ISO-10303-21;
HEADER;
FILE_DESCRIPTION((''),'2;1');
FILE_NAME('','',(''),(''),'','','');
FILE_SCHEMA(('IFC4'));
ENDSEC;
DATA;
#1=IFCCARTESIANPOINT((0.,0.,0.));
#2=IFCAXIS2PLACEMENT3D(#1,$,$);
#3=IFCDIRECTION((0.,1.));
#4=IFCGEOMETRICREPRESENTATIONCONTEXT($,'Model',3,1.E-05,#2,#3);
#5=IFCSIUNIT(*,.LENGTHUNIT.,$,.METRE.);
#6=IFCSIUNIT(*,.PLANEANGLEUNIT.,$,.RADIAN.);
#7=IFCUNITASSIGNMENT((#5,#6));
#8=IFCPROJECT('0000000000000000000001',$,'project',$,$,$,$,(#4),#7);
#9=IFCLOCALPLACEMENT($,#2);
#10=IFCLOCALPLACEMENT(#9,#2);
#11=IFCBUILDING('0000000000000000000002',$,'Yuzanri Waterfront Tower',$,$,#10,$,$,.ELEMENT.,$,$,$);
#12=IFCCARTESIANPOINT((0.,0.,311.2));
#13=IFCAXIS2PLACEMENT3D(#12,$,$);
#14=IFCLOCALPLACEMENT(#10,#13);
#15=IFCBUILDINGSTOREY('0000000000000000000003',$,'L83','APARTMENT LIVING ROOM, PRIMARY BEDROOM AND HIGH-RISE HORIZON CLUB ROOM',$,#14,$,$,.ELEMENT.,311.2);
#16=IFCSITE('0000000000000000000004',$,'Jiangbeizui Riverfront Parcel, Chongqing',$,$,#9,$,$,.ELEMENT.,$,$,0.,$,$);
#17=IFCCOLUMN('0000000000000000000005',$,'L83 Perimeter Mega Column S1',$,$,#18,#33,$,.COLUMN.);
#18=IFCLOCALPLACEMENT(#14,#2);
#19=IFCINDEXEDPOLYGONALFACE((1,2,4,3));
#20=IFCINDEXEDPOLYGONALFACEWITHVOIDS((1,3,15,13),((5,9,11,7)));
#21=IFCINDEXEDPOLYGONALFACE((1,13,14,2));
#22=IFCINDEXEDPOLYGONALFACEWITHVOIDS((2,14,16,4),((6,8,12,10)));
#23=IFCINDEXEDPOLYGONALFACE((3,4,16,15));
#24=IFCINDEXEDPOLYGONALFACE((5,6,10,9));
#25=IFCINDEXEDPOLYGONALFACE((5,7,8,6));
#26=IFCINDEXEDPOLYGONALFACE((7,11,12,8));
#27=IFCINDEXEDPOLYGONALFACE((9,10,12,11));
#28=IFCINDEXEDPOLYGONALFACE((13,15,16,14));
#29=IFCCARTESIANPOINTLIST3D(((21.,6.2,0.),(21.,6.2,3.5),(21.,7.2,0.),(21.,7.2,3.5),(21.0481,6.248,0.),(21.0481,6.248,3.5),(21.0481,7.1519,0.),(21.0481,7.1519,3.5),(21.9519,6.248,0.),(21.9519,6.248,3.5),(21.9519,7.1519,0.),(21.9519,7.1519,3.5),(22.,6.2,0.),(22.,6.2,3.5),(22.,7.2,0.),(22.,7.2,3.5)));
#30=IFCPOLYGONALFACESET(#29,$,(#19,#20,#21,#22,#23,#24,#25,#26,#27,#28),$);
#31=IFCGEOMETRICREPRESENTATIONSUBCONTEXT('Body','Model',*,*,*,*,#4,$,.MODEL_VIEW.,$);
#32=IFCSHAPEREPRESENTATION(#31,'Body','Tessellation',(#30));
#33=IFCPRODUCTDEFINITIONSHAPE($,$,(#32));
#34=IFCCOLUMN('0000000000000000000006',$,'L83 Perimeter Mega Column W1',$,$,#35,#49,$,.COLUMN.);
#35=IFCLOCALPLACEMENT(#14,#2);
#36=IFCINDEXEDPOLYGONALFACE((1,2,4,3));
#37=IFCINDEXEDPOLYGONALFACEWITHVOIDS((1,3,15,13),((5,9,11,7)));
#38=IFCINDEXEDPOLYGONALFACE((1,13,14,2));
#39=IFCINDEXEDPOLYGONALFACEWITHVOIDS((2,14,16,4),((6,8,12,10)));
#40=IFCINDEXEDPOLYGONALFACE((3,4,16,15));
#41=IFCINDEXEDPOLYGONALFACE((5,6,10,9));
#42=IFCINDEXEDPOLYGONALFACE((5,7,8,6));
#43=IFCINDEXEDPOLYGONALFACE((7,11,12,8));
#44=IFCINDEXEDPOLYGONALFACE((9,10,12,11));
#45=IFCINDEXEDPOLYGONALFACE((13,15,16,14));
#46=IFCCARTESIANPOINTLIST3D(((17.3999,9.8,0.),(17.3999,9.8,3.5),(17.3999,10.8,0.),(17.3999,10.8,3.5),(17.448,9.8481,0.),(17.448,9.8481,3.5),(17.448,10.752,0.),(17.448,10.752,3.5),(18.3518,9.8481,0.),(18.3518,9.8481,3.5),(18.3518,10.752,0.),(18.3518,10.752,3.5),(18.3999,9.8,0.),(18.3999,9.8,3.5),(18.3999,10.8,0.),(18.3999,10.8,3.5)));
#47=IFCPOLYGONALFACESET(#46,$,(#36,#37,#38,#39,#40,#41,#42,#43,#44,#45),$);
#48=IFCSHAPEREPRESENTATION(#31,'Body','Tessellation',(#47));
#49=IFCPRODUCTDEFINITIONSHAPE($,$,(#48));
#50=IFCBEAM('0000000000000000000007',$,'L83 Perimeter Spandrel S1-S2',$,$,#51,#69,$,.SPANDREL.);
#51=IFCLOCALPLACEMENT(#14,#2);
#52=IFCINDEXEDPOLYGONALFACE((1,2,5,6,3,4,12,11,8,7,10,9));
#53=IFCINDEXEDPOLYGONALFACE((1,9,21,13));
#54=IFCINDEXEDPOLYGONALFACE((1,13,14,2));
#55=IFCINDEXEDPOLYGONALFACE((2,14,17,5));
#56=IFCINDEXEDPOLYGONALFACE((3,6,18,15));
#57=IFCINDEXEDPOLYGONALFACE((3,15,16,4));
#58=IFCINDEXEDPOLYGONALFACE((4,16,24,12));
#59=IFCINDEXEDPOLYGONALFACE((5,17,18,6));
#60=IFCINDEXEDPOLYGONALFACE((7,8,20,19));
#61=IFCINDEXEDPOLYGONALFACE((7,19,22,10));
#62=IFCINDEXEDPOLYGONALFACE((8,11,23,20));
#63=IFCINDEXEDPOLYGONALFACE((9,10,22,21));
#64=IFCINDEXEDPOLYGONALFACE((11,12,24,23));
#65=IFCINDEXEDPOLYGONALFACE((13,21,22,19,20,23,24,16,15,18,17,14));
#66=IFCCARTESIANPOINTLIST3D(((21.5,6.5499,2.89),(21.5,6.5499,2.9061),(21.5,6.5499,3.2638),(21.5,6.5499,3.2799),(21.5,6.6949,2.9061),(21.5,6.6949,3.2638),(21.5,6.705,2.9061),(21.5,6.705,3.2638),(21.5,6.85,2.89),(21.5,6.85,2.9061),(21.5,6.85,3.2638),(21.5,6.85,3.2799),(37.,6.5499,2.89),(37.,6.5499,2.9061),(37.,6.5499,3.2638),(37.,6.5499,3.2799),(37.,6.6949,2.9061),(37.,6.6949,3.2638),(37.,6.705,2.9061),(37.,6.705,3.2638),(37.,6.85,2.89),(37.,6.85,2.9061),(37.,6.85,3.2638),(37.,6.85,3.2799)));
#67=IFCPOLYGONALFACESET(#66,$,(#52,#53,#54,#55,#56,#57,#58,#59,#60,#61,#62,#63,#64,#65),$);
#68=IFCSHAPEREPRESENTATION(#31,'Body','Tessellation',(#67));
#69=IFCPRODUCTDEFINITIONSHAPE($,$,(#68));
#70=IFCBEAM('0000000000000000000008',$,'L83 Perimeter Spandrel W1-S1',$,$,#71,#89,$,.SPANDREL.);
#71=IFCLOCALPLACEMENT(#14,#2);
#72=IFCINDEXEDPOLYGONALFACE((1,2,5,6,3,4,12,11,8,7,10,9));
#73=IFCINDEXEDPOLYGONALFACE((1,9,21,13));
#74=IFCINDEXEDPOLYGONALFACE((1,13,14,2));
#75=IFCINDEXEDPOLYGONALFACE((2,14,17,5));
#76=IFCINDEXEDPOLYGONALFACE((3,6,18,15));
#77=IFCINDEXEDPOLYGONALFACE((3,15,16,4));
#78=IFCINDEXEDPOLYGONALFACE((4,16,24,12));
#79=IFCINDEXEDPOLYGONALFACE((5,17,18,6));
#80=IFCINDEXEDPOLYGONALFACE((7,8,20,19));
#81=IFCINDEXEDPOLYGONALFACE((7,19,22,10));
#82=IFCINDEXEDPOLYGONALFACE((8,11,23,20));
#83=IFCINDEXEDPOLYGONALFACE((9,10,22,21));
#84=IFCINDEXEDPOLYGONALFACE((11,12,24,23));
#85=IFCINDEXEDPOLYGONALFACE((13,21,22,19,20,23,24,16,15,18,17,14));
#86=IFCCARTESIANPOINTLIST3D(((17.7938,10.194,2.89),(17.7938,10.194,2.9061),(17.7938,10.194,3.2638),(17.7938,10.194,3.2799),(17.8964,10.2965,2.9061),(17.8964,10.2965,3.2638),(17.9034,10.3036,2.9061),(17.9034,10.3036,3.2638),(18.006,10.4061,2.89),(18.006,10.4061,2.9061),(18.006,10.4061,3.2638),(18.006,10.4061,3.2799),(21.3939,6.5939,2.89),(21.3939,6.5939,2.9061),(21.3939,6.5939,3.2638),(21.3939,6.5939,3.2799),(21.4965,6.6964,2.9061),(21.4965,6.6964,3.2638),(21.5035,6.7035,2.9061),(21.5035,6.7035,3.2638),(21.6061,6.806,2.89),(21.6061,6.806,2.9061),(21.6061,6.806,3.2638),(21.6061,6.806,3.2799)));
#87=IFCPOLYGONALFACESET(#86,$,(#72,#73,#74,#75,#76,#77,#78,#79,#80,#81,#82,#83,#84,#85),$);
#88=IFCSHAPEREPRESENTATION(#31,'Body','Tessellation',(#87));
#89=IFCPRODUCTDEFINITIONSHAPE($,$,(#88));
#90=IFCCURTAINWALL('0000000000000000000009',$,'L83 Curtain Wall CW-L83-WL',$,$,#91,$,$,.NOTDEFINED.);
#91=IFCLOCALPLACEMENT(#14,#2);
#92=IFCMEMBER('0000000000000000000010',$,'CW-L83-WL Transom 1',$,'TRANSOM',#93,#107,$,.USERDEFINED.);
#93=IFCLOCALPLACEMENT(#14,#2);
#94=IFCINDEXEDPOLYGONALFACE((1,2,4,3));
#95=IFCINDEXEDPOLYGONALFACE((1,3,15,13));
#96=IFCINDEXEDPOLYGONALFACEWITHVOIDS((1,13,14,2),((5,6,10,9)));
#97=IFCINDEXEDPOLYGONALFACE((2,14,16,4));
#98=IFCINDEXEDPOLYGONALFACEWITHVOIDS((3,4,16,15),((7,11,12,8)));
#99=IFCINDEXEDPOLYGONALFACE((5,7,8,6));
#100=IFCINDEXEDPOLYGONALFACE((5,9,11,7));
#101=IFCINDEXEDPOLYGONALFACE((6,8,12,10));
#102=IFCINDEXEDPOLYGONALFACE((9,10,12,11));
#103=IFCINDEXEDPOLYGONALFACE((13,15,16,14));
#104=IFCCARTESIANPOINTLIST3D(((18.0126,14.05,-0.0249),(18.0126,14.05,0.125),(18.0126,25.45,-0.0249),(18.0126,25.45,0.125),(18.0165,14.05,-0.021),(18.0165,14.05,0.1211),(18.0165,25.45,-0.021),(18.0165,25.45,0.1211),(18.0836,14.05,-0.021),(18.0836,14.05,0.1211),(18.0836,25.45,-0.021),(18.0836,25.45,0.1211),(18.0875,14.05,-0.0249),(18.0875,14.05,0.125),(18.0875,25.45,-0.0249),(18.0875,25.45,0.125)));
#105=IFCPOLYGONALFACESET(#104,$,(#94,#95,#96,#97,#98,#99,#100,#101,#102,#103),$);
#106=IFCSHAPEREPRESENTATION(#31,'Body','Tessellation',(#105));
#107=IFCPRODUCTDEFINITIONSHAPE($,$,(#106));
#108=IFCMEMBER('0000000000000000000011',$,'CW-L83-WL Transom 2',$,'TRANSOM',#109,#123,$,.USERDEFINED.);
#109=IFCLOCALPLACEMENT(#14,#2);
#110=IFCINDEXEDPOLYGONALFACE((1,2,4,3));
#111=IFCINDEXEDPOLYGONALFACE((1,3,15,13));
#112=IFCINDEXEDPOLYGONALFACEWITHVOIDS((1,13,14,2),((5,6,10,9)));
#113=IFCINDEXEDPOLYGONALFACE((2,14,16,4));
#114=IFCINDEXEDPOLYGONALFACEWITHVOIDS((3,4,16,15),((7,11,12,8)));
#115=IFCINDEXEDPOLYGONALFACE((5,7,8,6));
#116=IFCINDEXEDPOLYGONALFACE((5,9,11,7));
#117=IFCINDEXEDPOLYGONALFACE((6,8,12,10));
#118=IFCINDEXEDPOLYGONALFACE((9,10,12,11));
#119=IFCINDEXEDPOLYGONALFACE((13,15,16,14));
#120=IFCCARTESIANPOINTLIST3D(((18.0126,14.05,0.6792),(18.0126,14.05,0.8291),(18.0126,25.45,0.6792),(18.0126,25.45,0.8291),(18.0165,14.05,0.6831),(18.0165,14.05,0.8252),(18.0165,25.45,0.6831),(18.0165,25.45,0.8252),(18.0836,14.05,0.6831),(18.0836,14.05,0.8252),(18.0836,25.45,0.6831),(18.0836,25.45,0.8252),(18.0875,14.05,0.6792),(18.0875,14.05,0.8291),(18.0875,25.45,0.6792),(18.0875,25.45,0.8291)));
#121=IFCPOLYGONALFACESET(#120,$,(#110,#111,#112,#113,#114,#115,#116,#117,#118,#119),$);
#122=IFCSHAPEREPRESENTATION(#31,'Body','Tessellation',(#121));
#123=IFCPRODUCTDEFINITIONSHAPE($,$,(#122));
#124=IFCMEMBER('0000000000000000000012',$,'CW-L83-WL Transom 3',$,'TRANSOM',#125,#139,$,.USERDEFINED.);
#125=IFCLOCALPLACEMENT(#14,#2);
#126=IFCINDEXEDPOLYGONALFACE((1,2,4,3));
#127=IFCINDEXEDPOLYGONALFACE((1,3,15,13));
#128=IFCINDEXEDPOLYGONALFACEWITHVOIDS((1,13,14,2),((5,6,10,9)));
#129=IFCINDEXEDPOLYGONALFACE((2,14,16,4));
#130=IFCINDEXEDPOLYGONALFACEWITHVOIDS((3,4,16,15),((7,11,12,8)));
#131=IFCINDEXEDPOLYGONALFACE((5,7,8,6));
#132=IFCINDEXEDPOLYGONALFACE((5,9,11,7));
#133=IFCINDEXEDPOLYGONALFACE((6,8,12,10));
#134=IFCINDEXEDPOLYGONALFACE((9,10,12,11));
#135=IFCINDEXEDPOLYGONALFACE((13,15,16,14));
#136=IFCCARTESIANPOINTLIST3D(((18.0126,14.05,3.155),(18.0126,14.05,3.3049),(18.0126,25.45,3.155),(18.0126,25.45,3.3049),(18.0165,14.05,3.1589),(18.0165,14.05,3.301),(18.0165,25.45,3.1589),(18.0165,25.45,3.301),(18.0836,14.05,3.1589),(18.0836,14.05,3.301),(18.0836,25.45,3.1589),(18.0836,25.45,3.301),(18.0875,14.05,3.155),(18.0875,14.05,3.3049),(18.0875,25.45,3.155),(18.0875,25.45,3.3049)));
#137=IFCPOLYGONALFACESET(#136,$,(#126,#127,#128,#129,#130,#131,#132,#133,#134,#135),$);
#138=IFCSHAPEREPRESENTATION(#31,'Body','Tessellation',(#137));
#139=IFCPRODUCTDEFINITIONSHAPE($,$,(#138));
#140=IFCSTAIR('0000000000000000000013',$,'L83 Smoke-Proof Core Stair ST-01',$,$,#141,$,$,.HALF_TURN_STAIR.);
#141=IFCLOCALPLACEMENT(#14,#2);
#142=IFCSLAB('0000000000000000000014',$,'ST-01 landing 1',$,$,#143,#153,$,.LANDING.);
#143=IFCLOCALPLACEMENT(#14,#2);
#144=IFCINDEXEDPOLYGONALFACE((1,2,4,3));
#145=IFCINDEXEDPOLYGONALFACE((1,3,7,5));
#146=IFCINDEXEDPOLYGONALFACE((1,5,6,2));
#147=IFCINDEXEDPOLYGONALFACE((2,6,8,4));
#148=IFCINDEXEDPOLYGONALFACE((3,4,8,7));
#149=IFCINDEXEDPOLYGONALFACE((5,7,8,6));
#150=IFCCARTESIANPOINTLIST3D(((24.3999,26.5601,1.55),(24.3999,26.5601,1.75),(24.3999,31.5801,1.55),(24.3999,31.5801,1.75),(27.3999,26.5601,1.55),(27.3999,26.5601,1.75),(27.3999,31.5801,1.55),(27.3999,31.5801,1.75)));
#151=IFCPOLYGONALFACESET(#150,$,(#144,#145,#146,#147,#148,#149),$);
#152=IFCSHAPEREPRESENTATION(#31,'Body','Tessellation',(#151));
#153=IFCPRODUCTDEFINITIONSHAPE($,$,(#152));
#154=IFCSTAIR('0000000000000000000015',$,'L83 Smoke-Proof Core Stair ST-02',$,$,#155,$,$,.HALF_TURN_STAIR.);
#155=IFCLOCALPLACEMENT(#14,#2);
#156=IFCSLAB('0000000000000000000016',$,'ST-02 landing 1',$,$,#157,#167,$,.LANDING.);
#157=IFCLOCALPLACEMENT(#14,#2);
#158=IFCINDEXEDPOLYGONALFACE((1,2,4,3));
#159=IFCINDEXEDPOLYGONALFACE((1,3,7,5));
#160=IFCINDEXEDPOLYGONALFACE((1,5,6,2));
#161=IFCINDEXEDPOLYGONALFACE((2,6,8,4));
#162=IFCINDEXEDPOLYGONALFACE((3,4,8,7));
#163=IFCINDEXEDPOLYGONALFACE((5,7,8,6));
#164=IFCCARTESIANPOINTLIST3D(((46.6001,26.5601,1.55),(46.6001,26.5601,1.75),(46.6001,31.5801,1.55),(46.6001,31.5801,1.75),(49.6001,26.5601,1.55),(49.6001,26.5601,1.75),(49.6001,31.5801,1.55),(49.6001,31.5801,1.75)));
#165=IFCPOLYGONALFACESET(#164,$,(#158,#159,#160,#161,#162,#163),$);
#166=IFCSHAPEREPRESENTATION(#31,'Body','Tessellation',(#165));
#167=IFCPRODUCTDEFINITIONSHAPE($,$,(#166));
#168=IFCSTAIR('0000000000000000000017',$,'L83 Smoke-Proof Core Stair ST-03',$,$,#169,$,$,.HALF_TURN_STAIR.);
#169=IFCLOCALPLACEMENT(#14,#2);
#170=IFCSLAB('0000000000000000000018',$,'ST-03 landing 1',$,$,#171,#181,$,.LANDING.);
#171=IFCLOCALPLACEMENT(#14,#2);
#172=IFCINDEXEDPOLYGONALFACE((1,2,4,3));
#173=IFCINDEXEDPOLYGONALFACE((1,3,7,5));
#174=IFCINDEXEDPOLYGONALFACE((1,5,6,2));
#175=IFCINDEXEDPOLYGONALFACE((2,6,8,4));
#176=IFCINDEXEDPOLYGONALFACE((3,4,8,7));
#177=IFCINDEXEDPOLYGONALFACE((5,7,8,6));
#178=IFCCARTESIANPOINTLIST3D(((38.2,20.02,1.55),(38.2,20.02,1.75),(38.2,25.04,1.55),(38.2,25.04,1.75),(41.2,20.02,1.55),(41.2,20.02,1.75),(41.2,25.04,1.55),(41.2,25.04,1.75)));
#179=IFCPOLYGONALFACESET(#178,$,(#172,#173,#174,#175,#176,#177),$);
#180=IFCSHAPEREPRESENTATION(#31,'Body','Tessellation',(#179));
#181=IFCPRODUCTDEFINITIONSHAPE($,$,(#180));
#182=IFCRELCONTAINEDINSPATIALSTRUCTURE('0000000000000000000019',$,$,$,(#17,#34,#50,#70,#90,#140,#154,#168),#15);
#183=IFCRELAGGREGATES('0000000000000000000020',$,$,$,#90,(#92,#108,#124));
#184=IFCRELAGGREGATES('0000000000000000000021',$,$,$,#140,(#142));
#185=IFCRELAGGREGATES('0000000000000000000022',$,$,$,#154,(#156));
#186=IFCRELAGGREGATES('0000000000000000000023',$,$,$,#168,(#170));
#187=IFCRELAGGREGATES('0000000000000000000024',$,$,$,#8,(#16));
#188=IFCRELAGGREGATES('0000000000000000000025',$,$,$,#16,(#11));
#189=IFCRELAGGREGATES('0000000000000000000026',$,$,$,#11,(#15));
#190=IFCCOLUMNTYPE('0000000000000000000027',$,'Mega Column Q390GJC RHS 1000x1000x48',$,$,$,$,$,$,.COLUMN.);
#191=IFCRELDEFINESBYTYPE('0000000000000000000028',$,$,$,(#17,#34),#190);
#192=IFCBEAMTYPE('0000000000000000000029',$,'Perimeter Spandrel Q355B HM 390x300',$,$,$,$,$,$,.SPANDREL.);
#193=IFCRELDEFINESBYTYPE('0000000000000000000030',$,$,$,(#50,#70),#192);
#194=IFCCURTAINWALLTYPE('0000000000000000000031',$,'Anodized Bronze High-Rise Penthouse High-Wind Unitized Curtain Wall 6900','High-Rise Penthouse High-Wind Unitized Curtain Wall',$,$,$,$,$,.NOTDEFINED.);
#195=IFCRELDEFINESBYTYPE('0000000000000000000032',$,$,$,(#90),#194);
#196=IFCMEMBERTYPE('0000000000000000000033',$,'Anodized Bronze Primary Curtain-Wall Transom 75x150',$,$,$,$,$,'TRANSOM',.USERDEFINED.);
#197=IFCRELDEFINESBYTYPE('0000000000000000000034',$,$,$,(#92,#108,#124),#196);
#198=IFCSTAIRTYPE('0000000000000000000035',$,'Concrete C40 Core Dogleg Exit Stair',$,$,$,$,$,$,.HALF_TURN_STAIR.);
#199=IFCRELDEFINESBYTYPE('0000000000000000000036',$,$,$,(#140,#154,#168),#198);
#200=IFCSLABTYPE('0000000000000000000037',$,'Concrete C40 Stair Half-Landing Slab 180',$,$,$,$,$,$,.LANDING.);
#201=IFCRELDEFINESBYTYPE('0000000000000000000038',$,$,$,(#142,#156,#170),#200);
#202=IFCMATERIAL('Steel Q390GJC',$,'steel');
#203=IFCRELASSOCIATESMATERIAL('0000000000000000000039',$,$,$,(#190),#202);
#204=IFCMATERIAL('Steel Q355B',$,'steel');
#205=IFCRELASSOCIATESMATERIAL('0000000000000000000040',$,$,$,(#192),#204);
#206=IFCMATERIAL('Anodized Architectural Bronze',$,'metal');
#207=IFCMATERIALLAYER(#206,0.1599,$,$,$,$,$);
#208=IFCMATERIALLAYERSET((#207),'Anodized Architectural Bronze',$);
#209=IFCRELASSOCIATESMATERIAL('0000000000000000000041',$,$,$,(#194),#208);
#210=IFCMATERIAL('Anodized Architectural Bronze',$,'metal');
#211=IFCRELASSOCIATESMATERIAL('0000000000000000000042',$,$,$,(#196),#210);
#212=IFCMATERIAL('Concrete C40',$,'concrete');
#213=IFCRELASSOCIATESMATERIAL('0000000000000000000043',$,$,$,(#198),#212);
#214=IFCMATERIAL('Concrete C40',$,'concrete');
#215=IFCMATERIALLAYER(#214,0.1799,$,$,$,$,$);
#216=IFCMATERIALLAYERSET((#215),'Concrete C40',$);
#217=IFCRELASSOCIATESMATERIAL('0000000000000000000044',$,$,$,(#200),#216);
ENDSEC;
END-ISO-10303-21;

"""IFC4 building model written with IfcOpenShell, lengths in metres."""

from ifc_helpers import new_model, si_unit, direction, frame, origin, origin_2d, place, context, subcontext, project, spatial, polyline, hollow_rectangle, i_section, outline, extrude, source, transform, mapped, material, layer, layer_set, material_profile, profile_set, type_object, element, aggregate, save


model = new_model("IFC4")

# Units and contexts
model_context = context("Model", 3, precision=1e-05, world=origin(), true_north=direction((0.0, 1.0)))
body_context = subcontext(model_context, "Body", "Model", "MODEL_VIEW")
ifc_project = project(units=[si_unit("LENGTHUNIT", "METRE"), si_unit("PLANEANGLEUNIT", "RADIAN")], contexts=[model_context])

# Site, building, storey
site_placement = place(None, origin())
site = spatial("IfcSite", under=ifc_project, at=site_placement, Name="Jiangbeizui Riverfront Parcel, Chongqing", CompositionType="ELEMENT", RefElevation=0.0)
building_placement = place(site_placement, origin())
building = spatial("IfcBuilding", under=site, at=building_placement, Name="Yuzanri Waterfront Tower", CompositionType="ELEMENT")
storey_placement = place(building_placement, frame((0.0, 0.0, 311.2)))
storey = spatial("IfcBuildingStorey", under=building, at=storey_placement, Name="L83", Description="APARTMENT LIVING ROOM, PRIMARY BEDROOM AND HIGH-RISE HORIZON CLUB ROOM", CompositionType="ELEMENT", Elevation=311.2)

# Columns
ifc_material_1 = material(Name="Steel Q390GJC", Category="steel")
ifc_material_profile_1 = material_profile(ifc_material_1, hollow_rectangle(XDim=1.0, YDim=1.0, WallThickness=0.0481, at=origin_2d()), Name="RHS 1000x1000x48")
ifc_profile_set_1 = profile_set([ifc_material_profile_1], Name="Steel Q390GJC")
column_type = type_object("IfcColumnType", Name="Mega Column Q390GJC RHS 1000x1000x48", PredefinedType="COLUMN", material=ifc_profile_set_1)
shared_shape_1 = source(origin(), body_context, "Body", "SweptSolid", [
    extrude(hollow_rectangle(XDim=1.0, YDim=1.0, WallThickness=0.0481, at=origin_2d()), origin(), (0.0, 0.0, 1.0), 3.5),
])
for number, where, z_axis, x_axis, name in (
    (1, (21.5, 6.7, 0.0), (0.0, 0.0, 1.0), (1.0, 0.0, 0.0), "L83 Perimeter Mega Column S1"),
    (2, (17.8999, 10.3, 0.0), (0.0, 0.0, 1.0), (1.0, 0.0, 0.0), "L83 Perimeter Mega Column W1"),
):
    element("IfcColumn", number, at=place(storey_placement, frame(where, z_axis=z_axis, x_axis=x_axis)), inside=storey, type_object=column_type, Name=name, PredefinedType="COLUMN", context=body_context, shape_type="MappedRepresentation", body=[
        mapped(shared_shape_1, transform((0.0, 0.0, 0.0), scale=1.0)),
    ])

# Beams
ifc_material_2 = material(Name="Steel Q355B", Category="steel")
ifc_material_profile_2 = material_profile(ifc_material_2, i_section(OverallWidth=0.3, OverallDepth=0.3899, WebThickness=0.01, FlangeThickness=0.0161, at=origin_2d()), Name="HM 390x300x10x16")
ifc_profile_set_2 = profile_set([ifc_material_profile_2], Name="Steel Q355B")
beam_type = type_object("IfcBeamType", Name="Perimeter Spandrel Q355B HM 390x300", PredefinedType="SPANDREL", material=ifc_profile_set_2)
shared_shape_2 = source(origin(), body_context, "Body", "SweptSolid", [
    extrude(i_section(OverallWidth=0.3, OverallDepth=0.3899, WebThickness=0.01, FlangeThickness=0.0161, at=origin_2d()), origin(), (0.0, 0.0, 1.0), 15.5),
])
beam_1_placement = place(storey_placement, frame((21.5, 6.7, 3.085), z_axis=(1.0, 0.0, 0.0), x_axis=(0.0, 1.0, 0.0)))
element("IfcBeam", 3, at=beam_1_placement, inside=storey, type_object=beam_type, Name="L83 Perimeter Spandrel S1-S2", PredefinedType="SPANDREL", context=body_context, shape_type="MappedRepresentation", body=[
    mapped(shared_shape_2, transform((0.0, 0.0, 0.0), scale=1.0)),
])
shared_shape_3 = source(origin(), body_context, "Body", "SweptSolid", [
    extrude(i_section(OverallWidth=0.3, OverallDepth=0.3899, WebThickness=0.01, FlangeThickness=0.0161, at=origin_2d()), origin(), (0.0, 0.0, 1.0), 5.0913),
])
beam_2_placement = place(storey_placement, frame((17.8999, 10.3, 3.085), z_axis=(0.707107, -0.707107, 0.0), x_axis=(0.707107, 0.707107, 0.0)))
element("IfcBeam", 4, at=beam_2_placement, inside=storey, type_object=beam_type, Name="L83 Perimeter Spandrel W1-S1", PredefinedType="SPANDREL", context=body_context, shape_type="MappedRepresentation", body=[
    mapped(shared_shape_3, transform((0.0, 0.0, 0.0), scale=1.0)),
])

# Curtain wall, members
ifc_material_3 = material(Name="Anodized Architectural Bronze", Category="metal")
ifc_layer_1 = layer(ifc_material_3, 0.1599)
ifc_layer_set_1 = layer_set([ifc_layer_1], Name="Anodized Architectural Bronze")
curtain_wall_type = type_object("IfcCurtainWallType", Name="Anodized Bronze High-Rise Penthouse High-Wind Unitized Curtain Wall 6900", Description="High-Rise Penthouse High-Wind Unitized Curtain Wall", PredefinedType="NOTDEFINED", material=ifc_layer_set_1)
curtain_wall_placement = place(storey_placement, origin())
curtain_wall = element("IfcCurtainWall", 5, at=curtain_wall_placement, inside=storey, type_object=curtain_wall_type, Name="L83 Curtain Wall CW-L83-WL", PredefinedType="NOTDEFINED")
ifc_material_4 = material(Name="Anodized Architectural Bronze", Category="metal")
ifc_material_profile_3 = material_profile(ifc_material_4, hollow_rectangle(XDim=0.075, YDim=0.1499, WallThickness=0.0039, at=origin_2d()), Name="CWT 75x150")
ifc_profile_set_3 = profile_set([ifc_material_profile_3], Name="Anodized Architectural Bronze")
member_type = type_object("IfcMemberType", Name="Anodized Bronze Primary Curtain-Wall Transom 75x150", ElementType="TRANSOM", PredefinedType="USERDEFINED", material=ifc_profile_set_3)
shared_shape_4 = source(origin(), body_context, "Body", "SweptSolid", [
    extrude(hollow_rectangle(XDim=0.075, YDim=0.1499, WallThickness=0.0039, at=origin_2d()), origin(), (0.0, 0.0, 1.0), 11.3999),
])
member_1_placement = place(storey_placement, frame((18.05, 14.05, 0.05), z_axis=(0.0, 1.0, 0.0), x_axis=(-1.0, 0.0, 0.0)))
member_1 = element("IfcMember", 6, at=member_1_placement, type_object=member_type, Name="CW-L83-WL Transom 1", ObjectType="TRANSOM", PredefinedType="USERDEFINED", context=body_context, shape_type="MappedRepresentation", body=[
    mapped(shared_shape_4, transform((0.0, 0.0, 0.0), scale=1.0)),
])
member_2_placement = place(storey_placement, frame((18.05, 14.05, 0.7542), z_axis=(0.0, 1.0, 0.0), x_axis=(-1.0, 0.0, 0.0)))
member_2 = element("IfcMember", 7, at=member_2_placement, type_object=member_type, Name="CW-L83-WL Transom 2", ObjectType="TRANSOM", PredefinedType="USERDEFINED", context=body_context, shape_type="MappedRepresentation", body=[
    mapped(shared_shape_4, transform((0.0, 0.0, 0.0), scale=1.0)),
])
member_3_placement = place(storey_placement, frame((18.05, 14.05, 3.23), z_axis=(0.0, 1.0, 0.0), x_axis=(-1.0, 0.0, 0.0)))
member_3 = element("IfcMember", 8, at=member_3_placement, type_object=member_type, Name="CW-L83-WL Transom 3", ObjectType="TRANSOM", PredefinedType="USERDEFINED", context=body_context, shape_type="MappedRepresentation", body=[
    mapped(shared_shape_4, transform((0.0, 0.0, 0.0), scale=1.0)),
])
aggregate(curtain_wall, [member_1, member_2, member_3])

# Stairs, slabs
ifc_material_5 = material(Name="Concrete C40", Category="concrete")
stair_type = type_object("IfcStairType", Name="Concrete C40 Core Dogleg Exit Stair", PredefinedType="HALF_TURN_STAIR", material=ifc_material_5)
stair_1_placement = place(storey_placement, origin())
stair_1 = element("IfcStair", 9, at=stair_1_placement, inside=storey, type_object=stair_type, Name="L83 Smoke-Proof Core Stair ST-01", PredefinedType="HALF_TURN_STAIR")
ifc_material_6 = material(Name="Concrete C40", Category="concrete")
ifc_layer_2 = layer(ifc_material_6, 0.1799)
ifc_layer_set_2 = layer_set([ifc_layer_2], Name="Concrete C40")
slab_type_1 = type_object("IfcSlabType", Name="Concrete C40 Stair Half-Landing Slab 180", PredefinedType="LANDING", material=ifc_layer_set_2)
slab_1_placement = place(storey_placement, frame((0.0, 0.0, 1.55)))
slab_1 = element("IfcSlab", 10, at=slab_1_placement, type_object=slab_type_1, Name="ST-01 landing 1", PredefinedType="LANDING", context=body_context, shape_type="SweptSolid", body=[
    extrude(outline(polyline([(27.3999, 26.5601), (27.3999, 31.5801), (24.3999, 31.5801), (24.3999, 26.5601), (27.3999, 26.5601)])), origin(), (0.0, 0.0, 1.0), 0.2),
])
aggregate(stair_1, [slab_1])
stair_2_placement = place(storey_placement, origin())
stair_2 = element("IfcStair", 11, at=stair_2_placement, inside=storey, type_object=stair_type, Name="L83 Smoke-Proof Core Stair ST-02", PredefinedType="HALF_TURN_STAIR")
slab_2_placement = place(storey_placement, frame((0.0, 0.0, 1.55)))
slab_2 = element("IfcSlab", 12, at=slab_2_placement, type_object=slab_type_1, Name="ST-02 landing 1", PredefinedType="LANDING", context=body_context, shape_type="SweptSolid", body=[
    extrude(outline(polyline([(49.6001, 26.5601), (49.6001, 31.5801), (46.6001, 31.5801), (46.6001, 26.5601), (49.6001, 26.5601)])), origin(), (0.0, 0.0, 1.0), 0.2),
])
aggregate(stair_2, [slab_2])
stair_3_placement = place(storey_placement, origin())
stair_3 = element("IfcStair", 13, at=stair_3_placement, inside=storey, type_object=stair_type, Name="L83 Smoke-Proof Core Stair ST-03", PredefinedType="HALF_TURN_STAIR")
slab_3_placement = place(storey_placement, frame((0.0, 0.0, 1.55)))
slab_3 = element("IfcSlab", 14, at=slab_3_placement, type_object=slab_type_1, Name="ST-03 landing 1", PredefinedType="LANDING", context=body_context, shape_type="SweptSolid", body=[
    extrude(outline(polyline([(38.2, 25.04), (38.2, 20.02), (41.2, 20.02), (41.2, 25.04), (38.2, 25.04)])), origin(), (0.0, 0.0, 1.0), 0.2),
])
aggregate(stair_3, [slab_3])

save(model, "model.ifc")
